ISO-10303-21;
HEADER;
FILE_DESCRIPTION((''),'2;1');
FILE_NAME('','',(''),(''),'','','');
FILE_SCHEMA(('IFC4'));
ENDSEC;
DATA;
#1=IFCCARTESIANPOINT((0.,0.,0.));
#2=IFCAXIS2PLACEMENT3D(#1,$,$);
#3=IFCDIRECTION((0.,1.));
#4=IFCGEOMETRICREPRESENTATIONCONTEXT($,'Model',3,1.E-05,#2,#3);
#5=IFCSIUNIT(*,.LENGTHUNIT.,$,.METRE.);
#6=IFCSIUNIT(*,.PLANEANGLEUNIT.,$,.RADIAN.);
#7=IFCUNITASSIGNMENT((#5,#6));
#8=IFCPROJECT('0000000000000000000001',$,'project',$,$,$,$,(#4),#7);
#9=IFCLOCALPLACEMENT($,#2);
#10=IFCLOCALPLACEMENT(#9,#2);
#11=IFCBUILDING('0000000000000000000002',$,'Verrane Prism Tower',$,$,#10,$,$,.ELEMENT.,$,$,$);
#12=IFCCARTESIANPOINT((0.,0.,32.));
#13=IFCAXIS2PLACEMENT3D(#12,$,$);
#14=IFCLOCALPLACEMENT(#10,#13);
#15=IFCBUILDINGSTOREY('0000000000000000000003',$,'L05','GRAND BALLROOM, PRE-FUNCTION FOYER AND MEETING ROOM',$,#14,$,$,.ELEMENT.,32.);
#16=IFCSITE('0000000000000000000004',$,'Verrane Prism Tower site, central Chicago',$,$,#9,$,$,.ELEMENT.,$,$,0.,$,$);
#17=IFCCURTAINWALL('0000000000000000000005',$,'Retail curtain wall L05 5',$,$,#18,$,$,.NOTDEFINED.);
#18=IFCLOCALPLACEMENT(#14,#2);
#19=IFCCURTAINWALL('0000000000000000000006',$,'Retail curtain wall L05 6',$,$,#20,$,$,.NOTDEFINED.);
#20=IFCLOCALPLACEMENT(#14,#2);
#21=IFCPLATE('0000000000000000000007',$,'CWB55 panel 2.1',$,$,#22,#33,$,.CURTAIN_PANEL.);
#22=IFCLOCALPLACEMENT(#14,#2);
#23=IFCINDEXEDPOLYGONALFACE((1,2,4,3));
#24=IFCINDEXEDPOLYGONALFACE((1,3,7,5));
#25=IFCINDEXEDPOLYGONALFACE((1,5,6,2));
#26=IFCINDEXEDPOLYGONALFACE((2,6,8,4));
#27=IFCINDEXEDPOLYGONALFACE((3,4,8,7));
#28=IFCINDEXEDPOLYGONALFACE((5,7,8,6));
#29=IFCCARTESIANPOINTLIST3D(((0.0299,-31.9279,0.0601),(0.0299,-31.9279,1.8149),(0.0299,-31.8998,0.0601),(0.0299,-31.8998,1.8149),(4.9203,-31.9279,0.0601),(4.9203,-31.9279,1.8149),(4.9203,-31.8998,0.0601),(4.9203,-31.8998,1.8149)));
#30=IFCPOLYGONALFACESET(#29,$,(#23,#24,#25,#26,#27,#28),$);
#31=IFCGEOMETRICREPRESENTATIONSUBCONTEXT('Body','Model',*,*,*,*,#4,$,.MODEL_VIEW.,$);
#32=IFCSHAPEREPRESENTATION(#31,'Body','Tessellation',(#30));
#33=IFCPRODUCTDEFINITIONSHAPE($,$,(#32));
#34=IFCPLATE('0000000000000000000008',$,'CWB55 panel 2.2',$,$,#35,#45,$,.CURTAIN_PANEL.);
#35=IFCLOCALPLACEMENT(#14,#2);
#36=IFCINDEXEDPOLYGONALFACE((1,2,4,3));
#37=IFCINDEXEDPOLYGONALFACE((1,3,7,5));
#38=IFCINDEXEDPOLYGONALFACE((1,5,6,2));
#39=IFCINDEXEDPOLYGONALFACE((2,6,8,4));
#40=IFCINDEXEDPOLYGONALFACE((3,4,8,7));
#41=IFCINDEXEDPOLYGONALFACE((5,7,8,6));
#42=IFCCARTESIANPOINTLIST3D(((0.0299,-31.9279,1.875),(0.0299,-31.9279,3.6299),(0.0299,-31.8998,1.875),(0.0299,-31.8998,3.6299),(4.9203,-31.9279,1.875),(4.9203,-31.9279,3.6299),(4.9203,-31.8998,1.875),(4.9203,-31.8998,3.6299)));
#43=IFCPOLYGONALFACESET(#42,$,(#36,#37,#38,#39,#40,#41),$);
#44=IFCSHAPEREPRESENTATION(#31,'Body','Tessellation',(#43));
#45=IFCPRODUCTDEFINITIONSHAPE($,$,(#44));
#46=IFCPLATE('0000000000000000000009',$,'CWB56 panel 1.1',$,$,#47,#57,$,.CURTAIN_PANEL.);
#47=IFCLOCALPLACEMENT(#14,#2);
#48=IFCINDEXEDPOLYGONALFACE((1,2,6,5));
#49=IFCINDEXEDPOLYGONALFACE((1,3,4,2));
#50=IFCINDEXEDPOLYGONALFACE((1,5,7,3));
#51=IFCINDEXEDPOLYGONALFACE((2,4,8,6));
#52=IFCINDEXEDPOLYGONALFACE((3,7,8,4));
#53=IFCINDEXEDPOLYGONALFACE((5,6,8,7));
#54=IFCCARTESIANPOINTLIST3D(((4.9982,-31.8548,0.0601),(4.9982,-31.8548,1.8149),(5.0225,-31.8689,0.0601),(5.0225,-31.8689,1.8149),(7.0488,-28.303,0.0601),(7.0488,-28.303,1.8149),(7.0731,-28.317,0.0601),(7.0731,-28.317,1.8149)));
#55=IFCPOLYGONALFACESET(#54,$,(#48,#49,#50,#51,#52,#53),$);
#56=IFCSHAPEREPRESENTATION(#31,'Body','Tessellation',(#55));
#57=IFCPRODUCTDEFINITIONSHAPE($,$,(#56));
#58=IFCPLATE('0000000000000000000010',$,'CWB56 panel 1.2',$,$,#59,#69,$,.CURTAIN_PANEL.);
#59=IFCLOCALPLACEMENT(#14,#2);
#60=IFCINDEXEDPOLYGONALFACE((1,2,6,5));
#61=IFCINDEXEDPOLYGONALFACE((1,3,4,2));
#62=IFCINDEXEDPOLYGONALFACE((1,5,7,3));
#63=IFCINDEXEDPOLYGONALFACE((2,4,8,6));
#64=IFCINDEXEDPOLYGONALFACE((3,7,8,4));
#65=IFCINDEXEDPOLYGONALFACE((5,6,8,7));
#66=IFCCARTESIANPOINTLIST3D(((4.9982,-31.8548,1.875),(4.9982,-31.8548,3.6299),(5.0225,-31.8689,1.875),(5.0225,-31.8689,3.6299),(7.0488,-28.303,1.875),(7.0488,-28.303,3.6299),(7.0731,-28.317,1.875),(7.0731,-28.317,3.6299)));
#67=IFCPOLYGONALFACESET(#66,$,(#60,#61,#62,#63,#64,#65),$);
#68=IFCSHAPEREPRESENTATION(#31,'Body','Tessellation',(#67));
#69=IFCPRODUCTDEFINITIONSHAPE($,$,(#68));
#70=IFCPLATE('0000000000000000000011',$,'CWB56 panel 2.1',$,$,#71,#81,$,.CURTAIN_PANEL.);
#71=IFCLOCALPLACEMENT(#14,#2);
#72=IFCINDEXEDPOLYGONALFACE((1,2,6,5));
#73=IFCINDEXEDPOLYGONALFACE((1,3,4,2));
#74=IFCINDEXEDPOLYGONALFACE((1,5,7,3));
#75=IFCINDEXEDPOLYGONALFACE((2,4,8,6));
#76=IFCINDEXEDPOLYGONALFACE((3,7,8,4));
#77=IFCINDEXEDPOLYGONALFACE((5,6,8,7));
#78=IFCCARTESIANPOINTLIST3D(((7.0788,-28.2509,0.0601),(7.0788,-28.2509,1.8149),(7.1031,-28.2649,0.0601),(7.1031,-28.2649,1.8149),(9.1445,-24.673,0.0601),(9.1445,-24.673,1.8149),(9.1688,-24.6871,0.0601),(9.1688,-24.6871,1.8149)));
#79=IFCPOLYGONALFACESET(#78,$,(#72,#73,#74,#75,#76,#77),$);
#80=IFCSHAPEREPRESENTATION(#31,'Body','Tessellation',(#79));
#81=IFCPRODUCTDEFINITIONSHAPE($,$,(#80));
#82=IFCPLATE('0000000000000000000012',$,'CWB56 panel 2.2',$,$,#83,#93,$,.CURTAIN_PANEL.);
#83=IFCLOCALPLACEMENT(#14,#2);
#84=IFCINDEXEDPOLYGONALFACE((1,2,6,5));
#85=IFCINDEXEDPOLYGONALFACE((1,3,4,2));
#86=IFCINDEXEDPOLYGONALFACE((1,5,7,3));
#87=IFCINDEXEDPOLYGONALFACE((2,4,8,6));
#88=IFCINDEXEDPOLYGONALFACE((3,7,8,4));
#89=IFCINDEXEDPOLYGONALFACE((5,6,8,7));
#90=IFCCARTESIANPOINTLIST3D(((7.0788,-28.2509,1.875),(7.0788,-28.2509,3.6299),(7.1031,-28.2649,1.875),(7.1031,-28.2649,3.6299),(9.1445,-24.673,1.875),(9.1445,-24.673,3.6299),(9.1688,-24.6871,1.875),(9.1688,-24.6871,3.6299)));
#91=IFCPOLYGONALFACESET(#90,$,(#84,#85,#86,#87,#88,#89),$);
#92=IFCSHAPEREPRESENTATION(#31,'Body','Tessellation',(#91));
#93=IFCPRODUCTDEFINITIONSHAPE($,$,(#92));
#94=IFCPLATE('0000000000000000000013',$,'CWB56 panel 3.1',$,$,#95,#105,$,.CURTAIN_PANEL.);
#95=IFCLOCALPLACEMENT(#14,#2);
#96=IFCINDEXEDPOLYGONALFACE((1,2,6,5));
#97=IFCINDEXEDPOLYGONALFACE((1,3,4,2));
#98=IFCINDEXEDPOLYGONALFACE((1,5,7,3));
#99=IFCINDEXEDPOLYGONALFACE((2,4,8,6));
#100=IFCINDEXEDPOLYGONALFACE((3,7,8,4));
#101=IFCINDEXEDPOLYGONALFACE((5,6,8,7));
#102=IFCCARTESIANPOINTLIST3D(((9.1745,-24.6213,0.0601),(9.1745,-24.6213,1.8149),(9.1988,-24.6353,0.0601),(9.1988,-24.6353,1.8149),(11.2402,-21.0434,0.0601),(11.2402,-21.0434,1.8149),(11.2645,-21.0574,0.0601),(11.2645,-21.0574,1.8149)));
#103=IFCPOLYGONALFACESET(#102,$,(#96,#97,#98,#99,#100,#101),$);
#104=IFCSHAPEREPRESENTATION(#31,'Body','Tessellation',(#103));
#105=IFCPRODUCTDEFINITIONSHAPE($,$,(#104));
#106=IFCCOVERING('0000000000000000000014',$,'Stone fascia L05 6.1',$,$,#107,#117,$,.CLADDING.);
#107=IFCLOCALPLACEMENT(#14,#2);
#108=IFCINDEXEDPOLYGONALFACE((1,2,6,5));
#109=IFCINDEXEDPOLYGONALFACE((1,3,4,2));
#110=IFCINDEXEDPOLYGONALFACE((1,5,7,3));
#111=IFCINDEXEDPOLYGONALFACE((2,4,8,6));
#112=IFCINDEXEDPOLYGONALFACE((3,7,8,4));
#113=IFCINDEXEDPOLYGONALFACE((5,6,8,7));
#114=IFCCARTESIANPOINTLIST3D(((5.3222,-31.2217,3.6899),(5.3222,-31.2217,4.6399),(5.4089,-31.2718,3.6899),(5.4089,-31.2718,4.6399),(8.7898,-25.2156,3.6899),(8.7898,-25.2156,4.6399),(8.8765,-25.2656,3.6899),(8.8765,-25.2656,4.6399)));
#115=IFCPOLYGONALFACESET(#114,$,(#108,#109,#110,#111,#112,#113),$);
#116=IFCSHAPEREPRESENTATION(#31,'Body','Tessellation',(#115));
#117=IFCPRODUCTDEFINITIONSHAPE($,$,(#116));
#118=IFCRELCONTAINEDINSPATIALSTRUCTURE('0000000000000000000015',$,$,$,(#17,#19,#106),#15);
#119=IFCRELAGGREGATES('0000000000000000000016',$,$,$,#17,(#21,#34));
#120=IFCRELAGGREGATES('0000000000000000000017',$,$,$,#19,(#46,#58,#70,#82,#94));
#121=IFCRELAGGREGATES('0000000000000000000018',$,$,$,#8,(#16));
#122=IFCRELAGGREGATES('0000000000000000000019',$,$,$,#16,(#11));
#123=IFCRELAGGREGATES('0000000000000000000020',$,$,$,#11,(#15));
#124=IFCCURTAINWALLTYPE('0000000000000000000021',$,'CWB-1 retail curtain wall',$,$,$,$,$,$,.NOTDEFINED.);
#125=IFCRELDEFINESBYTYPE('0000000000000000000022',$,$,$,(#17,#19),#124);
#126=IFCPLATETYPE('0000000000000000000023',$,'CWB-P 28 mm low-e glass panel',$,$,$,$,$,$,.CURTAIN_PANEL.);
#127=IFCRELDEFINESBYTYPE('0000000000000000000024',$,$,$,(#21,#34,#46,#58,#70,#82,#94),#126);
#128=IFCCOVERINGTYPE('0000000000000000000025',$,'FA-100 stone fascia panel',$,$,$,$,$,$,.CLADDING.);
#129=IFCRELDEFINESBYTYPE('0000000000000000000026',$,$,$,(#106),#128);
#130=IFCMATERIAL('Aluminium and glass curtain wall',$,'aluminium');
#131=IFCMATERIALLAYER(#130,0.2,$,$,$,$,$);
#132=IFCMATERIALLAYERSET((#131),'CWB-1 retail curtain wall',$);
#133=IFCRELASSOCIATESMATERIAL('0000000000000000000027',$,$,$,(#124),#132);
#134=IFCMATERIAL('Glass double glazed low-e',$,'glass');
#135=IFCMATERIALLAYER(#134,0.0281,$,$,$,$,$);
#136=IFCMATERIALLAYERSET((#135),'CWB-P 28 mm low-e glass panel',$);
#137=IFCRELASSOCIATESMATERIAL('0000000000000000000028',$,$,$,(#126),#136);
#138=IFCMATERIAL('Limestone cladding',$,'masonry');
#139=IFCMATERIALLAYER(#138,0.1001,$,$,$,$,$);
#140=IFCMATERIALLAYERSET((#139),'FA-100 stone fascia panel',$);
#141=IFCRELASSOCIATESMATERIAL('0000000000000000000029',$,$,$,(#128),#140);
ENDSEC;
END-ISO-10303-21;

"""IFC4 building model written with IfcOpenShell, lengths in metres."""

from ifc_helpers import new_model, si_unit, direction, frame, origin, origin_2d, place, context, subcontext, project, spatial, rectangle, extrude, material, layer, layer_set, type_object, element, aggregate, save


model = new_model("IFC4")

# Units and contexts
model_context = context("Model", 3, precision=1e-05, world=origin(), true_north=direction((0.0, 1.0)))
body_context = subcontext(model_context, "Body", "Model", "MODEL_VIEW")
ifc_project = project(units=[si_unit("LENGTHUNIT", "METRE"), si_unit("PLANEANGLEUNIT", "RADIAN")], contexts=[model_context])

# Site, building, storey
site_placement = place(None, origin())
site = spatial("IfcSite", under=ifc_project, at=site_placement, Name="Verrane Prism Tower site, central Chicago", CompositionType="ELEMENT", RefElevation=0.0)
building_placement = place(site_placement, origin())
building = spatial("IfcBuilding", under=site, at=building_placement, Name="Verrane Prism Tower", CompositionType="ELEMENT")
storey_placement = place(building_placement, frame((0.0, 0.0, 32.0)))
storey = spatial("IfcBuildingStorey", under=building, at=storey_placement, Name="L05", Description="GRAND BALLROOM, PRE-FUNCTION FOYER AND MEETING ROOM", CompositionType="ELEMENT", Elevation=32.0)

# Curtain wall
ifc_material_1 = material(Name="Aluminium and glass curtain wall", Category="aluminium")
ifc_layer_1 = layer(ifc_material_1, 0.2)
ifc_layer_set_1 = layer_set([ifc_layer_1], Name="CWB-1 retail curtain wall")
curtain_wall_type = type_object("IfcCurtainWallType", Name="CWB-1 retail curtain wall", PredefinedType="NOTDEFINED", material=ifc_layer_set_1)
curtain_wall_1_placement = place(storey_placement, origin())
curtain_wall_1 = element("IfcCurtainWall", 1, at=curtain_wall_1_placement, inside=storey, type_object=curtain_wall_type, Name="Retail curtain wall L05 5", PredefinedType="NOTDEFINED")

# Curtain wall
curtain_wall_2_placement = place(storey_placement, origin())
curtain_wall_2 = element("IfcCurtainWall", 2, at=curtain_wall_2_placement, inside=storey, type_object=curtain_wall_type, Name="Retail curtain wall L05 6", PredefinedType="NOTDEFINED")

# Plates
ifc_material_2 = material(Name="Glass double glazed low-e", Category="glass")
ifc_layer_2 = layer(ifc_material_2, 0.0281)
ifc_layer_set_2 = layer_set([ifc_layer_2], Name="CWB-P 28 mm low-e glass panel")
plate_type = type_object("IfcPlateType", Name="CWB-P 28 mm low-e glass panel", PredefinedType="CURTAIN_PANEL", material=ifc_layer_set_2)
plate_1_placement = place(storey_placement, frame((2.4751, -31.9138, 0.0601), z_axis=(0.0, 0.0, 1.0), x_axis=(1.0, 0.0, 0.0)))
plate_1 = element("IfcPlate", 3, at=plate_1_placement, type_object=plate_type, Name="CWB55 panel 2.1", PredefinedType="CURTAIN_PANEL", context=body_context, shape_type="SweptSolid", body=[
    extrude(rectangle(XDim=4.8904, YDim=0.0281, at=origin_2d()), origin(), (0.0, 0.0, 1.0), 1.7549),
])
plate_2_placement = place(storey_placement, frame((2.4751, -31.9138, 1.875), z_axis=(0.0, 0.0, 1.0), x_axis=(1.0, 0.0, 0.0)))
plate_2 = element("IfcPlate", 4, at=plate_2_placement, type_object=plate_type, Name="CWB55 panel 2.2", PredefinedType="CURTAIN_PANEL", context=body_context, shape_type="SweptSolid", body=[
    extrude(rectangle(XDim=4.8904, YDim=0.0281, at=origin_2d()), origin(), (0.0, 0.0, 1.0), 1.7549),
])
aggregate(curtain_wall_1, [plate_1, plate_2])
plate_3_placement = place(storey_placement, frame((6.0356, -30.0859, 0.0601), z_axis=(0.0, 0.0, 1.0), x_axis=(0.5, 0.866025, 0.0)))
plate_3 = element("IfcPlate", 5, at=plate_3_placement, type_object=plate_type, Name="CWB56 panel 1.1", PredefinedType="CURTAIN_PANEL", context=body_context, shape_type="SweptSolid", body=[
    extrude(rectangle(XDim=4.1013, YDim=0.0281, at=origin_2d()), origin(), (0.0, 0.0, 1.0), 1.7549),
])
plate_4_placement = place(storey_placement, frame((6.0356, -30.0859, 1.875), z_axis=(0.0, 0.0, 1.0), x_axis=(0.5, 0.866025, 0.0)))
plate_4 = element("IfcPlate", 6, at=plate_4_placement, type_object=plate_type, Name="CWB56 panel 1.2", PredefinedType="CURTAIN_PANEL", context=body_context, shape_type="SweptSolid", body=[
    extrude(rectangle(XDim=4.1013, YDim=0.0281, at=origin_2d()), origin(), (0.0, 0.0, 1.0), 1.7549),
])
plate_5_placement = place(storey_placement, frame((8.1238, -26.469, 0.0601), z_axis=(0.0, 0.0, 1.0), x_axis=(0.5, 0.866025, 0.0)))
plate_5 = element("IfcPlate", 7, at=plate_5_placement, type_object=plate_type, Name="CWB56 panel 2.1", PredefinedType="CURTAIN_PANEL", context=body_context, shape_type="SweptSolid", body=[
    extrude(rectangle(XDim=4.1313, YDim=0.0281, at=origin_2d()), origin(), (0.0, 0.0, 1.0), 1.7549),
])
plate_6_placement = place(storey_placement, frame((8.1238, -26.469, 1.875), z_axis=(0.0, 0.0, 1.0), x_axis=(0.5, 0.866025, 0.0)))
plate_6 = element("IfcPlate", 8, at=plate_6_placement, type_object=plate_type, Name="CWB56 panel 2.2", PredefinedType="CURTAIN_PANEL", context=body_context, shape_type="SweptSolid", body=[
    extrude(rectangle(XDim=4.1313, YDim=0.0281, at=origin_2d()), origin(), (0.0, 0.0, 1.0), 1.7549),
])
plate_7_placement = place(storey_placement, frame((10.2195, -22.8394, 0.0601), z_axis=(0.0, 0.0, 1.0), x_axis=(0.5, 0.866025, 0.0)))
plate_7 = element("IfcPlate", 9, at=plate_7_placement, type_object=plate_type, Name="CWB56 panel 3.1", PredefinedType="CURTAIN_PANEL", context=body_context, shape_type="SweptSolid", body=[
    extrude(rectangle(XDim=4.1313, YDim=0.0281, at=origin_2d()), origin(), (0.0, 0.0, 1.0), 1.7549),
])
aggregate(curtain_wall_2, [plate_3, plate_4, plate_5, plate_6, plate_7])

# Covering
ifc_material_3 = material(Name="Limestone cladding", Category="masonry")
ifc_layer_3 = layer(ifc_material_3, 0.1001)
ifc_layer_set_3 = layer_set([ifc_layer_3], Name="FA-100 stone fascia panel")
covering_type = type_object("IfcCoveringType", Name="FA-100 stone fascia panel", PredefinedType="CLADDING", material=ifc_layer_set_3)
covering_placement = place(storey_placement, frame((7.0994, -28.2437, 3.6899), z_axis=(0.0, 0.0, 1.0), x_axis=(0.5, 0.866025, 0.0)))
element("IfcCovering", 10, at=covering_placement, inside=storey, type_object=covering_type, Name="Stone fascia L05 6.1", PredefinedType="CLADDING", context=body_context, shape_type="SweptSolid", body=[
    extrude(rectangle(XDim=6.9353, YDim=0.1001, at=origin_2d()), origin(), (0.0, 0.0, 1.0), 0.95),
])

save(model, "model.ifc")
